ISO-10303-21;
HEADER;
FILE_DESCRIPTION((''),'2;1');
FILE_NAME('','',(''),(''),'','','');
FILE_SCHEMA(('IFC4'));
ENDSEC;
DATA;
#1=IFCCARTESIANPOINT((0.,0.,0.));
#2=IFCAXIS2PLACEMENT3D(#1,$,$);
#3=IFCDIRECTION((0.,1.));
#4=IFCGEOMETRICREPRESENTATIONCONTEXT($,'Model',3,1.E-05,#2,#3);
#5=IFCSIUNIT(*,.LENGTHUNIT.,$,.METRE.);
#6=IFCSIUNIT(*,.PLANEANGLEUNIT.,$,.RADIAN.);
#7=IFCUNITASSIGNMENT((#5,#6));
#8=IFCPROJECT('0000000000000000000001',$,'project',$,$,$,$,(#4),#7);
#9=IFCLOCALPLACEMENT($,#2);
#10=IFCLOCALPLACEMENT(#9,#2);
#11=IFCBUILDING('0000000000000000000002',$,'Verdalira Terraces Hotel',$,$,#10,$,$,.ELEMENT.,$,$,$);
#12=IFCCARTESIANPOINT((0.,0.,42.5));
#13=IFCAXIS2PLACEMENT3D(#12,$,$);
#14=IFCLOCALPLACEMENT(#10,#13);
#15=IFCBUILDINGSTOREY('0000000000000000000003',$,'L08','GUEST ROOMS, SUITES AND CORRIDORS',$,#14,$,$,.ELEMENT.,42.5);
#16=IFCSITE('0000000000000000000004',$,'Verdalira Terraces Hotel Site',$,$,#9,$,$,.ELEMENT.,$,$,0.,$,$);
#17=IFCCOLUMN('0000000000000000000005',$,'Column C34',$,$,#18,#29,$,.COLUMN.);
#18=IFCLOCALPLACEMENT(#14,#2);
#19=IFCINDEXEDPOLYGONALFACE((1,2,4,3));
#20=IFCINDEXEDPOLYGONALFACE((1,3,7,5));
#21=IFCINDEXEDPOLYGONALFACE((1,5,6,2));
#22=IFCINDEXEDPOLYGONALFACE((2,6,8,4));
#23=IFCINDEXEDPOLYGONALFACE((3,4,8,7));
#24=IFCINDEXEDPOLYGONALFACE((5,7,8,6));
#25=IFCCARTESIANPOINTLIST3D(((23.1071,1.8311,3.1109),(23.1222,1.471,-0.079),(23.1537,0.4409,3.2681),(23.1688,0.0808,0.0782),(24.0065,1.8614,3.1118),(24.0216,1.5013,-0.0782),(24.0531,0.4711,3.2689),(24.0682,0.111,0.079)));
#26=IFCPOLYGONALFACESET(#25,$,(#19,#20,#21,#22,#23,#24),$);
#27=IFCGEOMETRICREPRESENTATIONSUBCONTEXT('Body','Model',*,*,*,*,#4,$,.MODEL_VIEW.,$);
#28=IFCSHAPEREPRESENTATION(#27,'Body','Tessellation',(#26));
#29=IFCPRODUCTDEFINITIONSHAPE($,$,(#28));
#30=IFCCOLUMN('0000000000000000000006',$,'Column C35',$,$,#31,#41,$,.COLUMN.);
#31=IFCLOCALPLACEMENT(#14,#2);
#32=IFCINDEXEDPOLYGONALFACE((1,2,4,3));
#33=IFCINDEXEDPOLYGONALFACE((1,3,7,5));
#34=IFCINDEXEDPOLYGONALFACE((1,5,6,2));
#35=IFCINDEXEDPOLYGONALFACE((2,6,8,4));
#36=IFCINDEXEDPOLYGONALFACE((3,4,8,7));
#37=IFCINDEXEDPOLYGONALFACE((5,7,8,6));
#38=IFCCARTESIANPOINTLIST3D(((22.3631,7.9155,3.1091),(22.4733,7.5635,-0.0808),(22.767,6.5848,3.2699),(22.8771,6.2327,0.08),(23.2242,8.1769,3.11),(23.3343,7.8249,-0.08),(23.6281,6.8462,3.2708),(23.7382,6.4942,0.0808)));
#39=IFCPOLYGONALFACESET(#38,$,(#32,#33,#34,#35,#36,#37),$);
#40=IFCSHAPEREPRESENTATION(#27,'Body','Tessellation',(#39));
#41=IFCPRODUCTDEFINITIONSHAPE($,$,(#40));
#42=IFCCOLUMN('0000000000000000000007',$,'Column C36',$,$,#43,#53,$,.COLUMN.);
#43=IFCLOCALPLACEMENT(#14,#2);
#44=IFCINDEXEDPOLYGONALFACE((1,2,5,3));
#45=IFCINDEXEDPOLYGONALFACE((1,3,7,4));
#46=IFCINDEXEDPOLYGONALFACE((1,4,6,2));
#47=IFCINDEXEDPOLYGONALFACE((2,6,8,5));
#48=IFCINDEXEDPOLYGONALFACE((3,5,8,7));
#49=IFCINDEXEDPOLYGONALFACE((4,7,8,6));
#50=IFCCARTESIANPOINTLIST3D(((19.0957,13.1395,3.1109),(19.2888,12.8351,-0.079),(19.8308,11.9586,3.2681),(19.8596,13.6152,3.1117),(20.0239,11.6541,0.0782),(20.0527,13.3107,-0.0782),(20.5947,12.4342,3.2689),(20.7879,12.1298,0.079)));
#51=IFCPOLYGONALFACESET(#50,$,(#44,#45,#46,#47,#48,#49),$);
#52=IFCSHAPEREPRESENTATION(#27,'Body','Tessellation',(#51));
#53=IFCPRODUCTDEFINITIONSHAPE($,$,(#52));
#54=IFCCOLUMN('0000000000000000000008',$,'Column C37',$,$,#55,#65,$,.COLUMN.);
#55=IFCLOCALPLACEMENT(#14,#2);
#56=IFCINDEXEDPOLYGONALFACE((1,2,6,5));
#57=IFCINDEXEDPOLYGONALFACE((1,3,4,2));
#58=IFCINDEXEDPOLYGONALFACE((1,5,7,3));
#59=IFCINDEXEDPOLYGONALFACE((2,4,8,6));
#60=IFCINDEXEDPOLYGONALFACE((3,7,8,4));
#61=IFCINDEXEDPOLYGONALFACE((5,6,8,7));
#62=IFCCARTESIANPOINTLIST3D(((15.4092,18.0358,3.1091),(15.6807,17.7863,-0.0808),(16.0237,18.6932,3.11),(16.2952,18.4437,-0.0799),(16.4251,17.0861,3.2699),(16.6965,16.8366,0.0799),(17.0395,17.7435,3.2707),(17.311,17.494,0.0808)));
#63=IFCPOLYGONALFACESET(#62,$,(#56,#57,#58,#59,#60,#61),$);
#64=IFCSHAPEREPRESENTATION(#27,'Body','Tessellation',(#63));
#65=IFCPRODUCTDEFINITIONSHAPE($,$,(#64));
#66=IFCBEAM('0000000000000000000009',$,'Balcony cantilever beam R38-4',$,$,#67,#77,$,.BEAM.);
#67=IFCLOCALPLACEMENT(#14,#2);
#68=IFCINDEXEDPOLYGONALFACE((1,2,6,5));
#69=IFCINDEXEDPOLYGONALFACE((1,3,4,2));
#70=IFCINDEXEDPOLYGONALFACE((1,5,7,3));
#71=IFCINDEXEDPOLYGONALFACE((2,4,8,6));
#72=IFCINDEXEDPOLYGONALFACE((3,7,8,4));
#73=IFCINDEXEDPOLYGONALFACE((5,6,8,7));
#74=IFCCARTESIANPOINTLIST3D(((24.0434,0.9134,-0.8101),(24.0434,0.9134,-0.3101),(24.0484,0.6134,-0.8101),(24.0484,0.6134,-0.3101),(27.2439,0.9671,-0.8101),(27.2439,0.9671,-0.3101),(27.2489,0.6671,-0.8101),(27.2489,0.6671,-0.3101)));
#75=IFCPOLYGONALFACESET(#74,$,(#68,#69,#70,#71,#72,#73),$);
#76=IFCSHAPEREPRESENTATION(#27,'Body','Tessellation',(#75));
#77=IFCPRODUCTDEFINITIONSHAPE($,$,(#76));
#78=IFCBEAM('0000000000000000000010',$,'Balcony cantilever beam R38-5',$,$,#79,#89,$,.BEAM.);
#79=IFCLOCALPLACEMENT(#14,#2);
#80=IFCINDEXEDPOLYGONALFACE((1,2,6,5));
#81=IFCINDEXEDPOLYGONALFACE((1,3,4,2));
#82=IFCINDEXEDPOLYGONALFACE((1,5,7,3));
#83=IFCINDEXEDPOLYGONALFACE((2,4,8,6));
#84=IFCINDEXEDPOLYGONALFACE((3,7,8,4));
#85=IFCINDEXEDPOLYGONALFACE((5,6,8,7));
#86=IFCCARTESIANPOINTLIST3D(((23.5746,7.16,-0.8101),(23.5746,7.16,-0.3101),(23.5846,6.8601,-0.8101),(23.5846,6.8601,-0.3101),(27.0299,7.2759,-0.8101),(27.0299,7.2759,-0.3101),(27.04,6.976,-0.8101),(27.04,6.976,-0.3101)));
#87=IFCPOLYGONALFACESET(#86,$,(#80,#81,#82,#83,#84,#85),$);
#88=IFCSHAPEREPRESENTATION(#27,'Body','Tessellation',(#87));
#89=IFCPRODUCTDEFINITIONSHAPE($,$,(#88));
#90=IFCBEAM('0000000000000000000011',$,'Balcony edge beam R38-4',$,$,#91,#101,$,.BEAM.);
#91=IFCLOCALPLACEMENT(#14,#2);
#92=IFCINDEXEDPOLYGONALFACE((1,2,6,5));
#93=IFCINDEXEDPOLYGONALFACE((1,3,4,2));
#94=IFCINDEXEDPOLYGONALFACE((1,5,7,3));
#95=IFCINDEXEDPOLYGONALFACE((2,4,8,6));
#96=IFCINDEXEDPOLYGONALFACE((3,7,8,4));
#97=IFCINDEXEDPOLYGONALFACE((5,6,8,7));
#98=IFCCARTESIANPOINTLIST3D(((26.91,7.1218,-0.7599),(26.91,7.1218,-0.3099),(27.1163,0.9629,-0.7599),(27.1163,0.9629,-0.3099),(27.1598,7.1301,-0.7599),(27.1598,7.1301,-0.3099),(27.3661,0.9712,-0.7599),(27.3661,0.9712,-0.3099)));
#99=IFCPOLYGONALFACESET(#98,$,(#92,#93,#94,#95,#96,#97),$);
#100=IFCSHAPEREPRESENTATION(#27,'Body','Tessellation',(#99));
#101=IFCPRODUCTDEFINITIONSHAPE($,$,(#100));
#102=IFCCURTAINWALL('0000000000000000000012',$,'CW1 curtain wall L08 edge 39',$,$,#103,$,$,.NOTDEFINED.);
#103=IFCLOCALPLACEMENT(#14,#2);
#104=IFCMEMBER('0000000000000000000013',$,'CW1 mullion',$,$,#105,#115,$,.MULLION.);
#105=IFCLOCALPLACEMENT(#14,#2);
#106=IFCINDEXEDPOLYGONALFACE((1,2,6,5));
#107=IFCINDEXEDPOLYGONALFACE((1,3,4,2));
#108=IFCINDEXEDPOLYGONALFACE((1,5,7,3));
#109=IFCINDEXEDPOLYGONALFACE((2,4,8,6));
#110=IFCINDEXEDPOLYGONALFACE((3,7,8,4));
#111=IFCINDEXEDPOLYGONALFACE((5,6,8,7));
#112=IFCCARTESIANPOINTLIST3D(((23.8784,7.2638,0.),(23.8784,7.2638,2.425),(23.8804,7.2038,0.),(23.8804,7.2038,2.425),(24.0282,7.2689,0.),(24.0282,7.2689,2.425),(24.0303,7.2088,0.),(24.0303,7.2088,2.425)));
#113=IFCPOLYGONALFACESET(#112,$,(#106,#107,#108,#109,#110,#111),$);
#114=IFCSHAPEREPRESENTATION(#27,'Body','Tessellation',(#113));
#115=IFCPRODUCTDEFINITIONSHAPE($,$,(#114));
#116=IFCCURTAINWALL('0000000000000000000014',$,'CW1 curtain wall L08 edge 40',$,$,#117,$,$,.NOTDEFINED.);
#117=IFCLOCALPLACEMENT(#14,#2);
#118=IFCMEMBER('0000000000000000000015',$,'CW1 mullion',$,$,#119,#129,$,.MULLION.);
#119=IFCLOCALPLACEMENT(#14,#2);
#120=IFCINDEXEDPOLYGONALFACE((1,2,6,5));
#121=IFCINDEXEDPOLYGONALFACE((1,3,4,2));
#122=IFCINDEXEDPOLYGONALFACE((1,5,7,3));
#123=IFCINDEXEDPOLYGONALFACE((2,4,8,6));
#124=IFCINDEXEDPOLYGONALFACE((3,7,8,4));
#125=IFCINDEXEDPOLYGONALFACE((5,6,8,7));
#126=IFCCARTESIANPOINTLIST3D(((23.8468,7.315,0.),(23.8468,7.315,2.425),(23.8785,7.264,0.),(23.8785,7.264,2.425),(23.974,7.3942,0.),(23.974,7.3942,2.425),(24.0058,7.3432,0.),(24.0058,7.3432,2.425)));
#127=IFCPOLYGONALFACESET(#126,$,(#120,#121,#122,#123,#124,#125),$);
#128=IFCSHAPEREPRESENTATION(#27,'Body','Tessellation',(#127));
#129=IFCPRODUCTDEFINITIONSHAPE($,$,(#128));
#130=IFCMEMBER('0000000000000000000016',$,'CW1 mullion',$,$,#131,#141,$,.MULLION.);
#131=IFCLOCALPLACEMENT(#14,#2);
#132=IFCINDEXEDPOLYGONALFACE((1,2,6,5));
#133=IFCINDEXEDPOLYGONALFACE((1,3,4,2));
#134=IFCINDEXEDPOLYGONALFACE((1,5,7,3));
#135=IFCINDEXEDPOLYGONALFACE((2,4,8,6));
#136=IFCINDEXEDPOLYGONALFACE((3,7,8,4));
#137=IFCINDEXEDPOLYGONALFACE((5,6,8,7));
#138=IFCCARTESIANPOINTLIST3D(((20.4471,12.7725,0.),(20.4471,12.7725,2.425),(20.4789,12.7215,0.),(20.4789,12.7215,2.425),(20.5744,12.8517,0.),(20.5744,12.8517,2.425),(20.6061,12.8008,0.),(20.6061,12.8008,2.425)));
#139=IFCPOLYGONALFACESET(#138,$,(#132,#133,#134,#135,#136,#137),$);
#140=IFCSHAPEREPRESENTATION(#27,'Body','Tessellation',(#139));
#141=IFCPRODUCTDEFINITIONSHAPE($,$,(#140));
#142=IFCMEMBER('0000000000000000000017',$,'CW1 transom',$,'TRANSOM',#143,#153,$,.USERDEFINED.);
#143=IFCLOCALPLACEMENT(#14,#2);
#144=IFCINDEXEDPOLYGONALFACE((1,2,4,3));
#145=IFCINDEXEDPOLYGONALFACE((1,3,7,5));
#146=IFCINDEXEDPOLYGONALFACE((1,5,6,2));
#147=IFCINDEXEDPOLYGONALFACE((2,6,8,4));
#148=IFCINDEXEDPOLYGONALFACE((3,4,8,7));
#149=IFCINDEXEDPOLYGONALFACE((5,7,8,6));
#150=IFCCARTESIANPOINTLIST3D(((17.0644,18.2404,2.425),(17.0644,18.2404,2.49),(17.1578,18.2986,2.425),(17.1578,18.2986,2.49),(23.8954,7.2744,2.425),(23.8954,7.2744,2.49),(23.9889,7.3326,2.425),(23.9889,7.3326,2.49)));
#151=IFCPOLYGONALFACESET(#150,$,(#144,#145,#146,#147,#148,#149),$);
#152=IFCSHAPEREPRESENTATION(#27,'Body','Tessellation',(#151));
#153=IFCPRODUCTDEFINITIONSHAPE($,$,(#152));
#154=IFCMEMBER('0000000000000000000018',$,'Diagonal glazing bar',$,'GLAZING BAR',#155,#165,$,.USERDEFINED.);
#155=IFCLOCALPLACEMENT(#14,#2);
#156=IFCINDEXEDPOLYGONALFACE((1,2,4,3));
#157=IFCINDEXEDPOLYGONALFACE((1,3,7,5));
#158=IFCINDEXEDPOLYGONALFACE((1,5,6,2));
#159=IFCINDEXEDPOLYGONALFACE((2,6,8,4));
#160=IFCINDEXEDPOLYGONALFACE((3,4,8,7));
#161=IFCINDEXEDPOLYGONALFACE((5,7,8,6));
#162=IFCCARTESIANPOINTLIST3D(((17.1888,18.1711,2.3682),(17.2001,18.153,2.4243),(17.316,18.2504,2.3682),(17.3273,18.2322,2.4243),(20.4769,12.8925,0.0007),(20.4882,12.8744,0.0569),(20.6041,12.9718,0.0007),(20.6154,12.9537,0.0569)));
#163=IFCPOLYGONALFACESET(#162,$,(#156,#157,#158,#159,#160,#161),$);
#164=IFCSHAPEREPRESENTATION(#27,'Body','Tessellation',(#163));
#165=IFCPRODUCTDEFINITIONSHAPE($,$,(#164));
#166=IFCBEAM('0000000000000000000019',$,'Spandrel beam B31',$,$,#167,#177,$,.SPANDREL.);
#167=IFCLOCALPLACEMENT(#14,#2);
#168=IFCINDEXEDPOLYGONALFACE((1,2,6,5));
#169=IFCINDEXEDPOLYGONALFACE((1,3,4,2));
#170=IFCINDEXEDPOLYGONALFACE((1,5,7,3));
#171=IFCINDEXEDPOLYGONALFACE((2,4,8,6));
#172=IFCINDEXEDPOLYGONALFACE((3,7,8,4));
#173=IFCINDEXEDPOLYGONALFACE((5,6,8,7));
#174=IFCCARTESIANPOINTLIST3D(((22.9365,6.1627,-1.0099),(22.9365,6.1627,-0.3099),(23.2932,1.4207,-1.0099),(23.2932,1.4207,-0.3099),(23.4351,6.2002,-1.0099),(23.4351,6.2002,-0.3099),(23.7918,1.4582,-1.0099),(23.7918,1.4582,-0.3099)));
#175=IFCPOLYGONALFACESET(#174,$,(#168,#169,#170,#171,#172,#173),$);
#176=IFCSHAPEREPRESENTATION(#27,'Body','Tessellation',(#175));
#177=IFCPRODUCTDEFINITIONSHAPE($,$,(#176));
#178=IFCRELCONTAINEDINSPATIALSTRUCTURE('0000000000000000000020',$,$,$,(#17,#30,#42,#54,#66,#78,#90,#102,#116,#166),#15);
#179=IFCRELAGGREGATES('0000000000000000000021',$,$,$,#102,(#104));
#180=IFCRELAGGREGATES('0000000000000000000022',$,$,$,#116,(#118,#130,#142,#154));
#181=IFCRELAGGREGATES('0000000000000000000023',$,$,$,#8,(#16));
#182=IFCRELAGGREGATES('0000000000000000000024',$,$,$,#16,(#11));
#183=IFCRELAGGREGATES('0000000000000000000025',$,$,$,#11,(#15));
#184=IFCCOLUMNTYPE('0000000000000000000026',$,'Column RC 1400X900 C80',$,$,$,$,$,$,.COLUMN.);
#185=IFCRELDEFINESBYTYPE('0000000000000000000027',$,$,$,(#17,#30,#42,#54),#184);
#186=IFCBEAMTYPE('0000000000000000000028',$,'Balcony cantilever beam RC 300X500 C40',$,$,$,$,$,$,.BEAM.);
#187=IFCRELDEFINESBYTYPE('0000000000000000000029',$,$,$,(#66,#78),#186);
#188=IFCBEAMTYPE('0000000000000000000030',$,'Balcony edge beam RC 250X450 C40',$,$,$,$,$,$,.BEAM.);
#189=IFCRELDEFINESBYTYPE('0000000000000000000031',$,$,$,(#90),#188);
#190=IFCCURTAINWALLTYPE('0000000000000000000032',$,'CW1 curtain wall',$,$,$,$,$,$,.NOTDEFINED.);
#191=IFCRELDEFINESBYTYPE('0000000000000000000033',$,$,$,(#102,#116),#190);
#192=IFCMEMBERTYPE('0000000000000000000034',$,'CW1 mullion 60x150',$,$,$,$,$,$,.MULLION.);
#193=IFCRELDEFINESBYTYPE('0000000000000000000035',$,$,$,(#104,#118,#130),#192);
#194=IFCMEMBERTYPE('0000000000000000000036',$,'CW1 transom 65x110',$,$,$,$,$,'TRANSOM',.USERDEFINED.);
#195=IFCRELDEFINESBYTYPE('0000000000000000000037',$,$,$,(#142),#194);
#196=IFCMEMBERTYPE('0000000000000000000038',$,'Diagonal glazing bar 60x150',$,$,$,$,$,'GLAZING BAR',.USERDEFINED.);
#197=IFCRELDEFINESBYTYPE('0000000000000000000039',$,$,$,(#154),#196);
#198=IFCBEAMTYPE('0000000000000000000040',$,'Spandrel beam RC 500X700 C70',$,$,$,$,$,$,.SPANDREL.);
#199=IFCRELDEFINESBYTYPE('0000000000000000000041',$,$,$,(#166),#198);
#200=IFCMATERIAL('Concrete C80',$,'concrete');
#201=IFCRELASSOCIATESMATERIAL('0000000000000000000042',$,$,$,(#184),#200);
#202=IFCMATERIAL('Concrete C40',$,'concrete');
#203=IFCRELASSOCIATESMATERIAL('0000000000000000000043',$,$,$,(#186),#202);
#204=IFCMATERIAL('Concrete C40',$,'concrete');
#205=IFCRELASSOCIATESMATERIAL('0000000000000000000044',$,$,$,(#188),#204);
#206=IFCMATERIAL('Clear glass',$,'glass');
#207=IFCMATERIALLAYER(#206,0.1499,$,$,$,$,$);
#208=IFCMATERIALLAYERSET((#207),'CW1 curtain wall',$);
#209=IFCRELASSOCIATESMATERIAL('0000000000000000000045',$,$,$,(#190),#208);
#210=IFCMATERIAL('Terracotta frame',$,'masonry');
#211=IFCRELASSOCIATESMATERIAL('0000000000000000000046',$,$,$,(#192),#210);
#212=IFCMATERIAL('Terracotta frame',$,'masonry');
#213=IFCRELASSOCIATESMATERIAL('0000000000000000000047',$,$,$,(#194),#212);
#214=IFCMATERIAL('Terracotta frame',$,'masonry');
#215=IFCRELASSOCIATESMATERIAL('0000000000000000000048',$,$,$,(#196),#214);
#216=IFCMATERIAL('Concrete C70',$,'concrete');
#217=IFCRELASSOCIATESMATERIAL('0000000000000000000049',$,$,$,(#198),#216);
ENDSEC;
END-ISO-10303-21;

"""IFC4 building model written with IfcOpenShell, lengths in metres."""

from ifc_helpers import new_model, si_unit, direction, frame, origin, origin_2d, place, context, subcontext, project, spatial, rectangle, extrude, material, layer, layer_set, material_profile, profile_set, type_object, element, aggregate, save


model = new_model("IFC4")

# Units and contexts
model_context = context("Model", 3, precision=1e-05, world=origin(), true_north=direction((0.0, 1.0)))
body_context = subcontext(model_context, "Body", "Model", "MODEL_VIEW")
ifc_project = project(units=[si_unit("LENGTHUNIT", "METRE"), si_unit("PLANEANGLEUNIT", "RADIAN")], contexts=[model_context])

# Site, building, storey
site_placement = place(None, origin())
site = spatial("IfcSite", under=ifc_project, at=site_placement, Name="Verdalira Terraces Hotel Site", CompositionType="ELEMENT", RefElevation=0.0)
building_placement = place(site_placement, origin())
building = spatial("IfcBuilding", under=site, at=building_placement, Name="Verdalira Terraces Hotel", CompositionType="ELEMENT")
storey_placement = place(building_placement, frame((0.0, 0.0, 42.5)))
storey = spatial("IfcBuildingStorey", under=building, at=storey_placement, Name="L08", Description="GUEST ROOMS, SUITES AND CORRIDORS", CompositionType="ELEMENT", Elevation=42.5)

# Columns
ifc_material_1 = material(Name="Concrete C80", Category="concrete")
ifc_material_profile_1 = material_profile(ifc_material_1, rectangle(XDim=1.3999, YDim=0.8999, at=origin_2d()), Name="RC 1400X900")
ifc_profile_set_1 = profile_set([ifc_material_profile_1], Name="Concrete C80")
column_type = type_object("IfcColumnType", Name="Column RC 1400X900 C80", PredefinedType="COLUMN", material=ifc_profile_set_1)
column_1_placement = place(storey_placement, frame((23.5952, 0.791, 0.0), z_axis=(-0.004715, 0.112175, 0.993677), x_axis=(-0.033306, 0.993119, -0.11227)))
element("IfcColumn", 1, at=column_1_placement, inside=storey, type_object=column_type, Name="Column C34", PredefinedType="COLUMN", context=body_context, shape_type="SweptSolid", body=[
    extrude(rectangle(XDim=1.3999, YDim=0.8999, at=origin_2d()), origin(), (0.0, 0.0, 1.0), 3.2102),
])
column_2_placement = place(storey_placement, frame((23.1057, 7.0288, 0.0), z_axis=(-0.034289, 0.109632, 0.993381), x_axis=(0.288466, -0.950575, 0.114865)))
element("IfcColumn", 2, at=column_2_placement, inside=storey, type_object=column_type, Name="Column C35", PredefinedType="COLUMN", context=body_context, shape_type="SweptSolid", body=[
    extrude(rectangle(XDim=1.3999, YDim=0.8999, at=origin_2d()), origin(), (0.0, 0.0, 1.0), 3.2112),
])
column_3_placement = place(storey_placement, frame((20.0383, 12.4824, 0.0), z_axis=(-0.060156, 0.094835, 0.993674), x_axis=(-0.525121, 0.843586, -0.112301)))
element("IfcColumn", 3, at=column_3_placement, inside=storey, type_object=column_type, Name="Column C36", PredefinedType="COLUMN", context=body_context, shape_type="SweptSolid", body=[
    extrude(rectangle(XDim=1.3999, YDim=0.8999, at=origin_2d()), origin(), (0.0, 0.0, 1.0), 3.2102),
])
column_4_placement = place(storey_placement, frame((16.4959, 17.6401, 0.0), z_axis=(-0.084543, 0.077701, 0.993386), x_axis=(0.725671, -0.678393, 0.114822)))
element("IfcColumn", 4, at=column_4_placement, inside=storey, type_object=column_type, Name="Column C37", PredefinedType="COLUMN", context=body_context, shape_type="SweptSolid", body=[
    extrude(rectangle(XDim=1.3999, YDim=0.8999, at=origin_2d()), origin(), (0.0, 0.0, 1.0), 3.2112),
])

# Beams
ifc_material_2 = material(Name="Concrete C40", Category="concrete")
ifc_material_profile_2 = material_profile(ifc_material_2, rectangle(XDim=0.3, YDim=0.5, at=origin_2d()), Name="RC 300X500")
ifc_profile_set_2 = profile_set([ifc_material_profile_2], Name="Concrete C40")
beam_type_1 = type_object("IfcBeamType", Name="Balcony cantilever beam RC 300X500 C40", PredefinedType="BEAM", material=ifc_profile_set_2)
beam_1_placement = place(storey_placement, frame((24.0459, 0.7634, -0.5601), z_axis=(0.999859, 0.01678, 0.0), x_axis=(-0.01678, 0.999859, 0.0)))
element("IfcBeam", 5, at=beam_1_placement, inside=storey, type_object=beam_type_1, Name="Balcony cantilever beam R38-4", PredefinedType="BEAM", context=body_context, shape_type="SweptSolid", body=[
    extrude(rectangle(XDim=0.3, YDim=0.5, at=origin_2d()), origin(), (0.0, 0.0, 1.0), 3.2009),
])
beam_2_placement = place(storey_placement, frame((23.5796, 7.01, -0.5601), z_axis=(0.999437, 0.033543, 0.0), x_axis=(-0.033543, 0.999437, 0.0)))
element("IfcBeam", 6, at=beam_2_placement, inside=storey, type_object=beam_type_1, Name="Balcony cantilever beam R38-5", PredefinedType="BEAM", context=body_context, shape_type="SweptSolid", body=[
    extrude(rectangle(XDim=0.3, YDim=0.5, at=origin_2d()), origin(), (0.0, 0.0, 1.0), 3.4573),
])
ifc_material_3 = material(Name="Concrete C40", Category="concrete")
ifc_material_profile_3 = material_profile(ifc_material_3, rectangle(XDim=0.25, YDim=0.45, at=origin_2d()), Name="RC 250X450")
ifc_profile_set_3 = profile_set([ifc_material_profile_3], Name="Concrete C40")
beam_type_2 = type_object("IfcBeamType", Name="Balcony edge beam RC 250X450 C40", PredefinedType="BEAM", material=ifc_profile_set_3)
beam_3_placement = place(storey_placement, frame((27.2412, 0.967, -0.5349), z_axis=(-0.033477, 0.999439, 0.0), x_axis=(-0.999439, -0.033477, 0.0)))
element("IfcBeam", 7, at=beam_3_placement, inside=storey, type_object=beam_type_2, Name="Balcony edge beam R38-4", PredefinedType="BEAM", context=body_context, shape_type="SweptSolid", body=[
    extrude(rectangle(XDim=0.25, YDim=0.45, at=origin_2d()), origin(), (0.0, 0.0, 1.0), 6.1624),
])

# Curtain wall, member
ifc_material_4 = material(Name="Clear glass", Category="glass")
ifc_layer_1 = layer(ifc_material_4, 0.1499)
ifc_layer_set_1 = layer_set([ifc_layer_1], Name="CW1 curtain wall")
curtain_wall_type = type_object("IfcCurtainWallType", Name="CW1 curtain wall", PredefinedType="NOTDEFINED", material=ifc_layer_set_1)
curtain_wall_1_placement = place(storey_placement, origin())
curtain_wall_1 = element("IfcCurtainWall", 8, at=curtain_wall_1_placement, inside=storey, type_object=curtain_wall_type, Name="CW1 curtain wall L08 edge 39", PredefinedType="NOTDEFINED")
ifc_material_5 = material(Name="Terracotta frame", Category="masonry")
ifc_material_profile_4 = material_profile(ifc_material_5, rectangle(XDim=0.0601, YDim=0.1499, at=origin_2d()), Name="MU 60x150")
ifc_profile_set_4 = profile_set([ifc_material_profile_4], Name="Terracotta frame")
member_type_1 = type_object("IfcMemberType", Name="CW1 mullion 60x150", PredefinedType="MULLION", material=ifc_profile_set_4)
member_1_placement = place(storey_placement, frame((23.9543, 7.2363, 0.0), z_axis=(0.0, 0.0, 1.0), x_axis=(-0.033504, 0.999439, 0.0)))
member_1 = element("IfcMember", 9, at=member_1_placement, type_object=member_type_1, Name="CW1 mullion", PredefinedType="MULLION", context=body_context, shape_type="SweptSolid", body=[
    extrude(rectangle(XDim=0.0601, YDim=0.1499, at=origin_2d()), origin(), (0.0, 0.0, 1.0), 2.425),
])

# Curtain wall, members
curtain_wall_2_placement = place(storey_placement, origin())
curtain_wall_2 = element("IfcCurtainWall", 10, at=curtain_wall_2_placement, inside=storey, type_object=curtain_wall_type, Name="CW1 curtain wall L08 edge 40", PredefinedType="NOTDEFINED")
member_2_placement = place(storey_placement, frame((23.9263, 7.3291, 0.0), z_axis=(0.0, 0.0, 1.0), x_axis=(-0.528735, 0.848787, 0.0)))
member_2 = element("IfcMember", 11, at=member_2_placement, type_object=member_type_1, Name="CW1 mullion", PredefinedType="MULLION", context=body_context, shape_type="SweptSolid", body=[
    extrude(rectangle(XDim=0.0601, YDim=0.1499, at=origin_2d()), origin(), (0.0, 0.0, 1.0), 2.425),
])
member_3_placement = place(storey_placement, frame((20.5266, 12.7866, 0.0), z_axis=(0.0, 0.0, 1.0), x_axis=(-0.528735, 0.848787, 0.0)))
member_3 = element("IfcMember", 12, at=member_3_placement, type_object=member_type_1, Name="CW1 mullion", PredefinedType="MULLION", context=body_context, shape_type="SweptSolid", body=[
    extrude(rectangle(XDim=0.0601, YDim=0.1499, at=origin_2d()), origin(), (0.0, 0.0, 1.0), 2.425),
])
ifc_material_6 = material(Name="Terracotta frame", Category="masonry")
ifc_material_profile_5 = material_profile(ifc_material_6, rectangle(XDim=0.1101, YDim=0.0649, at=origin_2d()), Name="TR 65x110")
ifc_profile_set_5 = profile_set([ifc_material_profile_5], Name="Terracotta frame")
member_type_2 = type_object("IfcMemberType", Name="CW1 transom 65x110", ElementType="TRANSOM", PredefinedType="USERDEFINED", material=ifc_profile_set_5)
member_4_placement = place(storey_placement, frame((23.9421, 7.3035, 2.4575), z_axis=(-0.528733, 0.848788, 0.0), x_axis=(-0.848788, -0.528733, 0.0)))
member_4 = element("IfcMember", 13, at=member_4_placement, type_object=member_type_2, Name="CW1 transom", ObjectType="TRANSOM", PredefinedType="USERDEFINED", context=body_context, shape_type="SweptSolid", body=[
    extrude(rectangle(XDim=0.1101, YDim=0.0649, at=origin_2d()), origin(), (0.0, 0.0, 1.0), 12.9197),
])
ifc_material_7 = material(Name="Terracotta frame", Category="masonry")
ifc_material_profile_6 = material_profile(ifc_material_7, rectangle(XDim=0.1499, YDim=0.0601, at=origin_2d()), Name="GB 60x150")
ifc_profile_set_6 = profile_set([ifc_material_profile_6], Name="Terracotta frame")
member_type_3 = type_object("IfcMemberType", Name="Diagonal glazing bar 60x150", ElementType="GLAZING BAR", PredefinedType="USERDEFINED", material=ifc_profile_set_6)
member_5_placement = place(storey_placement, frame((20.5461, 12.9231, 0.0288), z_axis=(-0.494131, 0.793258, 0.355776), x_axis=(-0.848794, -0.528724, 0.0)))
member_5 = element("IfcMember", 14, at=member_5_placement, type_object=member_type_3, Name="Diagonal glazing bar", ObjectType="GLAZING BAR", PredefinedType="USERDEFINED", context=body_context, shape_type="SweptSolid", body=[
    extrude(rectangle(XDim=0.1499, YDim=0.0601, at=origin_2d()), origin(), (0.0, 0.0, 1.0), 6.6543),
])

# Beam
ifc_material_8 = material(Name="Concrete C70", Category="concrete")
ifc_material_profile_7 = material_profile(ifc_material_8, rectangle(XDim=0.5, YDim=0.7, at=origin_2d()), Name="RC 500X700")
ifc_profile_set_7 = profile_set([ifc_material_profile_7], Name="Concrete C70")
beam_type_3 = type_object("IfcBeamType", Name="Spandrel beam RC 500X700 C70", PredefinedType="SPANDREL", material=ifc_profile_set_7)
beam_4_placement = place(storey_placement, frame((23.5425, 1.4395, -0.6599), z_axis=(-0.075008, 0.997183, 0.0), x_axis=(-0.997183, -0.075008, 0.0)))
element("IfcBeam", 15, at=beam_4_placement, inside=storey, type_object=beam_type_3, Name="Spandrel beam B31", PredefinedType="SPANDREL", context=body_context, shape_type="SweptSolid", body=[
    extrude(rectangle(XDim=0.5, YDim=0.7, at=origin_2d()), origin(), (0.0, 0.0, 1.0), 4.7554),
])

aggregate(curtain_wall_1, [member_1])
aggregate(curtain_wall_2, [member_2, member_3, member_4, member_5])

save(model, "model.ifc")
